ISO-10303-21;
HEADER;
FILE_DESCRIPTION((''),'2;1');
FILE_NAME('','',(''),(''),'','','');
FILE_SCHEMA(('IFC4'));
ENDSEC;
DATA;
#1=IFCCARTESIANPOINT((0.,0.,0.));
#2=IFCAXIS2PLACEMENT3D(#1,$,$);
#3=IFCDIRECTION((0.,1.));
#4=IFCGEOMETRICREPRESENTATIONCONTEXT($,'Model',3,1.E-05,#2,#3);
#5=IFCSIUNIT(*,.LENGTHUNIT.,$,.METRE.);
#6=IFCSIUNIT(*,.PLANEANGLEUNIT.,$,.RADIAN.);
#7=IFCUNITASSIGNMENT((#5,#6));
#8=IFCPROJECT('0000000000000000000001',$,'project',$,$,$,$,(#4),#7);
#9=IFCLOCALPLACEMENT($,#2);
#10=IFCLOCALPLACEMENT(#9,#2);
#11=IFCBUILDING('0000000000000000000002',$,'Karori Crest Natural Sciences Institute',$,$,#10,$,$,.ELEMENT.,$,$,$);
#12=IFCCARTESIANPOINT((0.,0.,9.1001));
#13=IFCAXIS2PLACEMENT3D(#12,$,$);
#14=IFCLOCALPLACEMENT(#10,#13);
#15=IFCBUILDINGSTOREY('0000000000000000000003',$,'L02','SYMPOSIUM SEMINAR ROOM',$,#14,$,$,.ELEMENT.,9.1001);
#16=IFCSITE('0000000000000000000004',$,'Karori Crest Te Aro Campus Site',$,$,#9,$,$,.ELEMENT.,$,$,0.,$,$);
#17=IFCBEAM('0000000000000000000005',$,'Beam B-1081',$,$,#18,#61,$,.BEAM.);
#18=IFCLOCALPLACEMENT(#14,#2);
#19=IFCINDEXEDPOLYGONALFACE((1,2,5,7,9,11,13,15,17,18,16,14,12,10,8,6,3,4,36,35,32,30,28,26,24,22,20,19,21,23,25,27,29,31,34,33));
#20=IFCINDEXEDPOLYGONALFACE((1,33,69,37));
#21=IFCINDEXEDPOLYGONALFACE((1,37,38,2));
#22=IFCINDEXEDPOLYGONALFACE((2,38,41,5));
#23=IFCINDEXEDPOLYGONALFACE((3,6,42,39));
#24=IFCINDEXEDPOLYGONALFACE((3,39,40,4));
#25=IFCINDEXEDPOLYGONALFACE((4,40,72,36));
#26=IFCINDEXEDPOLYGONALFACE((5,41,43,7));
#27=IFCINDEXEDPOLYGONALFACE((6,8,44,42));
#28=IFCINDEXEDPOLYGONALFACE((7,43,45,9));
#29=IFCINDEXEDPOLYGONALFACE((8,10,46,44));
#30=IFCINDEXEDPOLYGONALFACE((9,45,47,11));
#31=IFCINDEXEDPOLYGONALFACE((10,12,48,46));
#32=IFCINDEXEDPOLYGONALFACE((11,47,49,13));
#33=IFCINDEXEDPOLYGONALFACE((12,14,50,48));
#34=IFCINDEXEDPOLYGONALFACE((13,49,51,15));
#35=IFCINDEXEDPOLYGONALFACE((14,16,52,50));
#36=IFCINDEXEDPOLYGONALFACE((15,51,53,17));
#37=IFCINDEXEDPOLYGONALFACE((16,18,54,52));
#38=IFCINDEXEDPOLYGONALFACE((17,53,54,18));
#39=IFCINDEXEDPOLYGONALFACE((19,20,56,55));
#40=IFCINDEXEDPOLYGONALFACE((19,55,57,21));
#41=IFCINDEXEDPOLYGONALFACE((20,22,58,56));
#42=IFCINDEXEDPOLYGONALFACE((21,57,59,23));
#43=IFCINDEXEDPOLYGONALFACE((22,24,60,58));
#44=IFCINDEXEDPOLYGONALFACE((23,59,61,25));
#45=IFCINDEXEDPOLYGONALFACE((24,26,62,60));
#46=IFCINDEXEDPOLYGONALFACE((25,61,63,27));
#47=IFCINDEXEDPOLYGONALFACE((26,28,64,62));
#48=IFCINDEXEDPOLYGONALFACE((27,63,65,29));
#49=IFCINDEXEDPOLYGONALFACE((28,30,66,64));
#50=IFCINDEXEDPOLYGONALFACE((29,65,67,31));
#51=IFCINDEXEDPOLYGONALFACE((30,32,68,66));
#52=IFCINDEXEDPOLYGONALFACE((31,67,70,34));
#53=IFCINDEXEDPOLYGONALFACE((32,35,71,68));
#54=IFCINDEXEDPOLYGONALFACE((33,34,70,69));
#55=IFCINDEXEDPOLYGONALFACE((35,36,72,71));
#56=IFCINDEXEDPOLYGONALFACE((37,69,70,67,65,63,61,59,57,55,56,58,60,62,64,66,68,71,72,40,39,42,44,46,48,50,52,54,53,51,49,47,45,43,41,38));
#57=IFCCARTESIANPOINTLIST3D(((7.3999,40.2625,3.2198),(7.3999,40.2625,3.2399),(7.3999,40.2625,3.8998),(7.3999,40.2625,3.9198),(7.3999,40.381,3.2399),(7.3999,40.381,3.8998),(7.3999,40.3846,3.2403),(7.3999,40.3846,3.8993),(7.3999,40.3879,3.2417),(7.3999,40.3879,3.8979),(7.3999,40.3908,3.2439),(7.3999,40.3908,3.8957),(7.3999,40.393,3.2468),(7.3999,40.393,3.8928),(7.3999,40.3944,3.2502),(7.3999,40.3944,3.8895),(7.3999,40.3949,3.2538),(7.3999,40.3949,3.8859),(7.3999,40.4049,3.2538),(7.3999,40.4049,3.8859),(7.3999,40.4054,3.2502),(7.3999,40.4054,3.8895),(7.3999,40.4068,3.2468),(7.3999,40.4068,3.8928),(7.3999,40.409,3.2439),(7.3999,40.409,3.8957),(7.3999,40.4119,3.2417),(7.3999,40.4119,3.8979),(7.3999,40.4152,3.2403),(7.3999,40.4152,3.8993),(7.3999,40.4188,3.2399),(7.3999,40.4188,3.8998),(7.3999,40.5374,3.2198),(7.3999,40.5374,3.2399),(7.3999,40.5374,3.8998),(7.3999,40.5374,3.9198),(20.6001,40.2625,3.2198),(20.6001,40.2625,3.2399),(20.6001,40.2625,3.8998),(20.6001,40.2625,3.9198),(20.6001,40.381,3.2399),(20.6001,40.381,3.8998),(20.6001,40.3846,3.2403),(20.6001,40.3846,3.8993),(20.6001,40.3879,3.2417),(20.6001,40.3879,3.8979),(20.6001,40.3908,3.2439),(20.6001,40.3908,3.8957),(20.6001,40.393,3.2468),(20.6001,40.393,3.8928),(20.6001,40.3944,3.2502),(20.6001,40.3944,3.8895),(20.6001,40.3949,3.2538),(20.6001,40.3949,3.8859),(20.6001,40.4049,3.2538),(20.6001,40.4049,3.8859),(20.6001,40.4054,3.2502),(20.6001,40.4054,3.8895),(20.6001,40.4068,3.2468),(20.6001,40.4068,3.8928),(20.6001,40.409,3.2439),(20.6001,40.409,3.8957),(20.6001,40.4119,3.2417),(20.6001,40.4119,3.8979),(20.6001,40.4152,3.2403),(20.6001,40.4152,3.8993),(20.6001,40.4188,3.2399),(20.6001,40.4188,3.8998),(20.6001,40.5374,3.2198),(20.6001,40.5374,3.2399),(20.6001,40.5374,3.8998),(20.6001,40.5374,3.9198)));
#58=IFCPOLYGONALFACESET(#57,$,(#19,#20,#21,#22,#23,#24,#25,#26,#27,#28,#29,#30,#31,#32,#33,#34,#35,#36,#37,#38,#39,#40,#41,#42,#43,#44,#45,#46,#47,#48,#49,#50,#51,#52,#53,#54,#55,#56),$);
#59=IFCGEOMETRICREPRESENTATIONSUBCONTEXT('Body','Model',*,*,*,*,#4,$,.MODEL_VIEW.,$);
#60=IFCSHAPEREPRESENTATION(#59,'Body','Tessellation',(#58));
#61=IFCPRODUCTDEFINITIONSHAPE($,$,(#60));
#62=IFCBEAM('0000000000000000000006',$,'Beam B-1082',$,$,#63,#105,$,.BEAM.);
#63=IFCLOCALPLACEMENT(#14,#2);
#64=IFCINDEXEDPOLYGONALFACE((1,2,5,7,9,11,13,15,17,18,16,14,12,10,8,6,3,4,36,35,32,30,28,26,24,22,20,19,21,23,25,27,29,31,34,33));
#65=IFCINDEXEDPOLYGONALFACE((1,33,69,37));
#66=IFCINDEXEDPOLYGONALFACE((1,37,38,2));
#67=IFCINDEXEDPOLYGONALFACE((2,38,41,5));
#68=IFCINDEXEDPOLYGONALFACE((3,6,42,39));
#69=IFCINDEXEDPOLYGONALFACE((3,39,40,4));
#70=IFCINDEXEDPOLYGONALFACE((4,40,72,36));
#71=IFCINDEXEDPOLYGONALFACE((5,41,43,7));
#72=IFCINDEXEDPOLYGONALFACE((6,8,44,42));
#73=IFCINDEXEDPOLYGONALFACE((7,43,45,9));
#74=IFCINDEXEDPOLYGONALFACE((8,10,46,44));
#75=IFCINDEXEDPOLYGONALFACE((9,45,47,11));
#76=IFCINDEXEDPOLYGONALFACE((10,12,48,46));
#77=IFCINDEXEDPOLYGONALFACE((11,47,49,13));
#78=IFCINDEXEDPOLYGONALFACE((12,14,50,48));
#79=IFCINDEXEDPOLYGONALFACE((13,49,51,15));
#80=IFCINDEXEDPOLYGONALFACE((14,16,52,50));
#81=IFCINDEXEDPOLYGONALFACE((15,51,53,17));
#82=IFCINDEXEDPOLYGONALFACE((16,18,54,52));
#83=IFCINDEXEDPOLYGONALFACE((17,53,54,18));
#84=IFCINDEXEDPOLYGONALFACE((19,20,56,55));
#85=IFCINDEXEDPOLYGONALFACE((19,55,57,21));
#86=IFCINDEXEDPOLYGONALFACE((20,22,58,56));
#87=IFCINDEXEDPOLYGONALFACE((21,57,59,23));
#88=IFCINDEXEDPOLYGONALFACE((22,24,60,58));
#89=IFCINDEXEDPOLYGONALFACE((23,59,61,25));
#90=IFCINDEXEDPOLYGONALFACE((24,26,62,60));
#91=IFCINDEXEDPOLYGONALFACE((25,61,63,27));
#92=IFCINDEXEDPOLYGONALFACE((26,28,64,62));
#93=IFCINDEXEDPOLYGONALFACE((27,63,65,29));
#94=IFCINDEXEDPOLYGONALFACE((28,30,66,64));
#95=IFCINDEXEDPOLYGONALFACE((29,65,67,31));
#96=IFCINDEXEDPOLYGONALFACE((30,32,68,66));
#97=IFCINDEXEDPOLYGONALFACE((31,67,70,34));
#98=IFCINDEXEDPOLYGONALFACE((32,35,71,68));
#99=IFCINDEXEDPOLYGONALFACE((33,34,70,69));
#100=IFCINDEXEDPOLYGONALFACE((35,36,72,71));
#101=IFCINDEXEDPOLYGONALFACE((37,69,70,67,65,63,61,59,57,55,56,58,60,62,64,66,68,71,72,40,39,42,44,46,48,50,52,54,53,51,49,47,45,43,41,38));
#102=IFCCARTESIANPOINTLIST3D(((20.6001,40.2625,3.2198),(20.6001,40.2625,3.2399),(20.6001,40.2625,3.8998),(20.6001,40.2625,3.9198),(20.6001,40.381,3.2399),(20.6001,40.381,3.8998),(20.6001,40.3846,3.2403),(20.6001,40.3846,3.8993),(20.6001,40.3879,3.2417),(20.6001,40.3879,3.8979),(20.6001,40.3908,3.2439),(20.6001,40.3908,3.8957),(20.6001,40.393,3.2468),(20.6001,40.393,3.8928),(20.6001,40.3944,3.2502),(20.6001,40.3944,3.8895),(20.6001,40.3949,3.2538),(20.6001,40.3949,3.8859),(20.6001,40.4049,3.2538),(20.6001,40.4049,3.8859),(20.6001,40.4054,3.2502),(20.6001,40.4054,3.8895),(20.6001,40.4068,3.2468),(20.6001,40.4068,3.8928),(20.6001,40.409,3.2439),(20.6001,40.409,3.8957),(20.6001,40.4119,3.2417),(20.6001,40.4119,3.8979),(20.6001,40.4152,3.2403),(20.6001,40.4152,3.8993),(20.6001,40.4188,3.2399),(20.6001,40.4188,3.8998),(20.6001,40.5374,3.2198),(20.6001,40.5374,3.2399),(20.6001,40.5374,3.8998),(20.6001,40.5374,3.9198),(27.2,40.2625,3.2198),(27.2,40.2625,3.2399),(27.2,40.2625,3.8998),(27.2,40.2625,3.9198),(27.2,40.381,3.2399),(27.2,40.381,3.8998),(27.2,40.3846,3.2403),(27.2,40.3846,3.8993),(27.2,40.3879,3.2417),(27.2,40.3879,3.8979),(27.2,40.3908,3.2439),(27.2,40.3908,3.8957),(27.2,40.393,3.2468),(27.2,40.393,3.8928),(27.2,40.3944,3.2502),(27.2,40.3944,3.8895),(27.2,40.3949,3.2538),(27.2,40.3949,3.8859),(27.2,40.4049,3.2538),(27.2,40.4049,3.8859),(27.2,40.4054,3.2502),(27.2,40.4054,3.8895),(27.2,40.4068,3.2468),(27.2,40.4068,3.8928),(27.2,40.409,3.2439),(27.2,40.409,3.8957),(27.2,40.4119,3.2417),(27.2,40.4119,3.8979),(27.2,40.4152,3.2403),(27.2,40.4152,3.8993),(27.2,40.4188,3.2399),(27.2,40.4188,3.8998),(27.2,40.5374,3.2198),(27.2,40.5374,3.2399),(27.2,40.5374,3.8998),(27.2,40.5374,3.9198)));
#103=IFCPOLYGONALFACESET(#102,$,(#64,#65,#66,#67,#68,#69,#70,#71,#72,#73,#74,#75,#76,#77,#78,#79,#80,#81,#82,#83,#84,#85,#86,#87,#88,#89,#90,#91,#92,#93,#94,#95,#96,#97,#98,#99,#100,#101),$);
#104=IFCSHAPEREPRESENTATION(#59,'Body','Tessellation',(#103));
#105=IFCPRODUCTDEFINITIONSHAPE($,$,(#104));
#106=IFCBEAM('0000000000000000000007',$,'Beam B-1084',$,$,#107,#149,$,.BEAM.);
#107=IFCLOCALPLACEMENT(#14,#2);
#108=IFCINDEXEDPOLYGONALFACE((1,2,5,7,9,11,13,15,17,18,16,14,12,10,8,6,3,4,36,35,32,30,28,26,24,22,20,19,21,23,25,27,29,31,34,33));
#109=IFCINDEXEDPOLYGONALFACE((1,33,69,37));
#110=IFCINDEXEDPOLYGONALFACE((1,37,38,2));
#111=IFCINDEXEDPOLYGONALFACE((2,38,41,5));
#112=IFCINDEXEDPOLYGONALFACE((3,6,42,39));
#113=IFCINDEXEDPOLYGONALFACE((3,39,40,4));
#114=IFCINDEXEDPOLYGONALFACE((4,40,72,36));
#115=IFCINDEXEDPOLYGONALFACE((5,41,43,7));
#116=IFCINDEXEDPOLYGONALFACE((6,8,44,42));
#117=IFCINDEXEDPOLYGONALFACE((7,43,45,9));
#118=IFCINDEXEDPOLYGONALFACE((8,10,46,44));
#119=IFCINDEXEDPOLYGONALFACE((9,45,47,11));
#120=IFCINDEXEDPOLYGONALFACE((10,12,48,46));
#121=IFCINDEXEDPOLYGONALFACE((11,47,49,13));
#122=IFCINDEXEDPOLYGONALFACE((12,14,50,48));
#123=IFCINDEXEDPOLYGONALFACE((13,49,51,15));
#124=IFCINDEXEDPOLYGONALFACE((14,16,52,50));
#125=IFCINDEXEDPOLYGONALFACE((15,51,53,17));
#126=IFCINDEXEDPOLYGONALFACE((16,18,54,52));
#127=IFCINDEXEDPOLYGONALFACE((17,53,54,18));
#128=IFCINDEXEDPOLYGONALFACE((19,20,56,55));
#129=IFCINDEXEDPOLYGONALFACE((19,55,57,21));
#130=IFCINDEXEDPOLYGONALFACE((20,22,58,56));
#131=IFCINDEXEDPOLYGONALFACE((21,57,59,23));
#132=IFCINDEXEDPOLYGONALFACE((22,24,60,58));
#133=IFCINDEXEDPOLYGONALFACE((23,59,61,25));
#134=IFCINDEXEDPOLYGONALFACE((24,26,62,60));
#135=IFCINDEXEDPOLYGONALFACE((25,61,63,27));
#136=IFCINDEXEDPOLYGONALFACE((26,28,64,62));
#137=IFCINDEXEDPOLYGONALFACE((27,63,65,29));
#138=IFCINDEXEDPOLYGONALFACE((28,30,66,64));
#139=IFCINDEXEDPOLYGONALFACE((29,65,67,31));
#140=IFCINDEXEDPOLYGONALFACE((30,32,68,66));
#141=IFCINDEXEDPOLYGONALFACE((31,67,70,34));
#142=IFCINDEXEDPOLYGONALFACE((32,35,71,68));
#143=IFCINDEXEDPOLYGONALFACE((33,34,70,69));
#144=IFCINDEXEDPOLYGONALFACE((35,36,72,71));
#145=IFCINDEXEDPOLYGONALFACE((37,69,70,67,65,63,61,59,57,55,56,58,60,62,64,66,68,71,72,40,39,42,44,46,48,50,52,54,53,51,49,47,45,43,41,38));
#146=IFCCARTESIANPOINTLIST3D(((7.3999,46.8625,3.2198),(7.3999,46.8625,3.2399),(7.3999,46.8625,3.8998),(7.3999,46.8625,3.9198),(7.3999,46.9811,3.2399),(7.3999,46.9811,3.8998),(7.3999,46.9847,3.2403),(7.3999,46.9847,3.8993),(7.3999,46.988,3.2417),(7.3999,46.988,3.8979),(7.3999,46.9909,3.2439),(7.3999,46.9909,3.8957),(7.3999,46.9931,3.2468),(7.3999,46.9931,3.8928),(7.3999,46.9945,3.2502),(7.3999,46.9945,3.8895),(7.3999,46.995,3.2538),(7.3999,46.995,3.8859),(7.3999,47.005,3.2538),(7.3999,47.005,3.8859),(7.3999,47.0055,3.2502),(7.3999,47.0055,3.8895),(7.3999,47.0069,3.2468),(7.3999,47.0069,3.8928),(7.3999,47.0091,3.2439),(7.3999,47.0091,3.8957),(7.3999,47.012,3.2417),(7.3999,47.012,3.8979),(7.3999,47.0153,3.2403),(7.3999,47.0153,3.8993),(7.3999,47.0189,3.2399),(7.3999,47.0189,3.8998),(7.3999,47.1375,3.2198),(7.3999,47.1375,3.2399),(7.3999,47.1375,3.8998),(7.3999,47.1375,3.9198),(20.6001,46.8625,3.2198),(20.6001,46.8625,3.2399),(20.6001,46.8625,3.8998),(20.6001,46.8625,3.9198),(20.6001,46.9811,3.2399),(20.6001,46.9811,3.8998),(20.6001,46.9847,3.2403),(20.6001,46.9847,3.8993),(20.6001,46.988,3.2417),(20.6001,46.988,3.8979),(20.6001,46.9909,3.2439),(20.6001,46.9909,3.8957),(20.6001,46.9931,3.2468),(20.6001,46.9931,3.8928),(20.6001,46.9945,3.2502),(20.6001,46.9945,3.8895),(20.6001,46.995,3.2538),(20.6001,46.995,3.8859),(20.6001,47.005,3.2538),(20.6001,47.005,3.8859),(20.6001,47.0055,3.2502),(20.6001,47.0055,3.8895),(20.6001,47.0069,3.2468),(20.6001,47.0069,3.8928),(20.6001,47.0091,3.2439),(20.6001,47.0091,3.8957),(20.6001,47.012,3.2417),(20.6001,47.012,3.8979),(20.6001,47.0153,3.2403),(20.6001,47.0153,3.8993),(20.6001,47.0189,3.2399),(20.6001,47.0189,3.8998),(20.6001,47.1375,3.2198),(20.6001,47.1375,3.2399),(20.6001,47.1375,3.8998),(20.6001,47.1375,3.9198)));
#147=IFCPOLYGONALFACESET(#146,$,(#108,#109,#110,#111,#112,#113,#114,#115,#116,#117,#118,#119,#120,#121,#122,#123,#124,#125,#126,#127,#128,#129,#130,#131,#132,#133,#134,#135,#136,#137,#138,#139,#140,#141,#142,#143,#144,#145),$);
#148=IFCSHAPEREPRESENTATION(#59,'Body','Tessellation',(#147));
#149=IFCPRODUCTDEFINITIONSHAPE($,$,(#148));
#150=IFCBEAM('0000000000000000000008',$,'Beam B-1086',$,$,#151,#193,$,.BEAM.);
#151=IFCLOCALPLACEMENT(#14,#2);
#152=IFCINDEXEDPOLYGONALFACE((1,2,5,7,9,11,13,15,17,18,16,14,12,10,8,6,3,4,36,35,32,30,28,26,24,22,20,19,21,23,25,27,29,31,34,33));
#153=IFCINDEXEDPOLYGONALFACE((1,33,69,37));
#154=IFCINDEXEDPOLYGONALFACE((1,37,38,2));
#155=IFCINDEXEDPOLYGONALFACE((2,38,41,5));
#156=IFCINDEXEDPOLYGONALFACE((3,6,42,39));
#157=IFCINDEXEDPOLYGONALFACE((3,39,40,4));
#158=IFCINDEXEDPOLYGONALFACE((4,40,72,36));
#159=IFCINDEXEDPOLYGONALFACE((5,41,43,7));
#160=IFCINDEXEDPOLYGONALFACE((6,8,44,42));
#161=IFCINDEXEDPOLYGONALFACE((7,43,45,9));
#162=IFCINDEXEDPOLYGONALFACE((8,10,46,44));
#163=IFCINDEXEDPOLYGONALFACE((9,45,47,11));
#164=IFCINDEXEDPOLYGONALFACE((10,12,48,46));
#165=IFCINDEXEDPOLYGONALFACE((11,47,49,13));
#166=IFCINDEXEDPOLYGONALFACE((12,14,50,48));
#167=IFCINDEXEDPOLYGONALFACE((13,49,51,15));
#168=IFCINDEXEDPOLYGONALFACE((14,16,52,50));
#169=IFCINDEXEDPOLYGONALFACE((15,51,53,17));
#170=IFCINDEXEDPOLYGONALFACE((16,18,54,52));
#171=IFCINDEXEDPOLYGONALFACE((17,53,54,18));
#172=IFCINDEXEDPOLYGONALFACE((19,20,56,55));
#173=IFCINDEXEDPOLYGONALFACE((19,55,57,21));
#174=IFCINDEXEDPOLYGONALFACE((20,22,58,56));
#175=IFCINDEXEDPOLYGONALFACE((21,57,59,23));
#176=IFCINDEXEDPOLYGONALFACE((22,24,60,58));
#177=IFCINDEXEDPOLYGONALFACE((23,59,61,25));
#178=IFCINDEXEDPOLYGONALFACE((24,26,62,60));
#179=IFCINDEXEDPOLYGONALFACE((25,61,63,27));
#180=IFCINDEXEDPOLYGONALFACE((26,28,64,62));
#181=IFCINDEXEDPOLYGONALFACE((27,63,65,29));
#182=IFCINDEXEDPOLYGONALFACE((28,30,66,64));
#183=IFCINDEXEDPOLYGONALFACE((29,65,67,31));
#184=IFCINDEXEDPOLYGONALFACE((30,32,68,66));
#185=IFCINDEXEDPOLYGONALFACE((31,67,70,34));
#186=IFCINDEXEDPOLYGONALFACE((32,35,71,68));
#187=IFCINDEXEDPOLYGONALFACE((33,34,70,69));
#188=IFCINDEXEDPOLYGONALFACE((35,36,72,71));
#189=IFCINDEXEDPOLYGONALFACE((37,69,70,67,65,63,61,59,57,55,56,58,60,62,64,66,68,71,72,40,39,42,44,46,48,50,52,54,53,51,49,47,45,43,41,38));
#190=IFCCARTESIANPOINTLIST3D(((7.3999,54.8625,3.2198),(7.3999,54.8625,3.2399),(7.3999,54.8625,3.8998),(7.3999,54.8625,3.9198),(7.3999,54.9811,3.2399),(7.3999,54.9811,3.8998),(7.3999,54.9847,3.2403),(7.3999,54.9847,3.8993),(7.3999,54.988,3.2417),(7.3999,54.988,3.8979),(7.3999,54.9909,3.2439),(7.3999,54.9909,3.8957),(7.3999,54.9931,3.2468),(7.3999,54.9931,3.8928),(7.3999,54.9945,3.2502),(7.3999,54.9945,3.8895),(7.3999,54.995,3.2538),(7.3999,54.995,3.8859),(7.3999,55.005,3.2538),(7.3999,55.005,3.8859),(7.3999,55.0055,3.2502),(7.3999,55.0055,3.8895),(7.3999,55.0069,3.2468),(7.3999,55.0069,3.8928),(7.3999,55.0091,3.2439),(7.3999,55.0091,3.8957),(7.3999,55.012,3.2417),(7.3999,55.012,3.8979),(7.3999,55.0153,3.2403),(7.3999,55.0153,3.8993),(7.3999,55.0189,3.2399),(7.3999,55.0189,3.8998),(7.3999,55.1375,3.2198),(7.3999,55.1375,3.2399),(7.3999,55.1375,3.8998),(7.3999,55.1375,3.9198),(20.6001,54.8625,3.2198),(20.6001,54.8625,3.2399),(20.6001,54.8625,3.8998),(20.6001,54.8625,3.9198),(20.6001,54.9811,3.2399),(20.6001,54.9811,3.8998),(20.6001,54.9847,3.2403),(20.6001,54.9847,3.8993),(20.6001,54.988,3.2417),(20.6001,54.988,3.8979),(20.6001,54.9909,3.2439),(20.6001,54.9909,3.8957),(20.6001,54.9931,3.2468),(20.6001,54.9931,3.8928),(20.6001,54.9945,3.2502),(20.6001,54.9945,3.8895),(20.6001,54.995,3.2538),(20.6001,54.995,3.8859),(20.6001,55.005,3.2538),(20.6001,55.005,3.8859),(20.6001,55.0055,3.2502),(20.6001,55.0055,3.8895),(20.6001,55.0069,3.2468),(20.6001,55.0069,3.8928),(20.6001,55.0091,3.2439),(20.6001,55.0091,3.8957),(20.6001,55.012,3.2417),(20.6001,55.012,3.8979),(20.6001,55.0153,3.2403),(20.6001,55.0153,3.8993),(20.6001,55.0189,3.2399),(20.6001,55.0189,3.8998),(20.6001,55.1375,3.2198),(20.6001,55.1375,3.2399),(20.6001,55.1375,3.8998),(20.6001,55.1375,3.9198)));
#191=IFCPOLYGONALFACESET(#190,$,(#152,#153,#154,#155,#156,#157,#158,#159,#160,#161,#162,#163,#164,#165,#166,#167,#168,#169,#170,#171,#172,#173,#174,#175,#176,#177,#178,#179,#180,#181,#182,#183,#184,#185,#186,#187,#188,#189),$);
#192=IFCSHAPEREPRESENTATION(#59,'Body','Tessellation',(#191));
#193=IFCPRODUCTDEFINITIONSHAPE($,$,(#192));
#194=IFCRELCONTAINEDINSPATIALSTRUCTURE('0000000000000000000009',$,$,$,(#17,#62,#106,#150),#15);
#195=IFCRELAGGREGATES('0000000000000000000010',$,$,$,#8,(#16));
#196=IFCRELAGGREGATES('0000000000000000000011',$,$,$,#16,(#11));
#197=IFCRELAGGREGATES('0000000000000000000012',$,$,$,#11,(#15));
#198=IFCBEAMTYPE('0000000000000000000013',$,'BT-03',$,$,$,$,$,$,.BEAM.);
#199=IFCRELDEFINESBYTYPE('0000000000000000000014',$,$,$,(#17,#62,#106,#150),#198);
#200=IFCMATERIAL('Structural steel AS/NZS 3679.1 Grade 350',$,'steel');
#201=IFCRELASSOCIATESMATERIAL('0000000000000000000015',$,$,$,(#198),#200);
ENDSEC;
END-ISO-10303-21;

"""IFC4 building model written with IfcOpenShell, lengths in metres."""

from ifc_helpers import new_model, si_unit, direction, frame, origin, origin_2d, place, context, subcontext, project, spatial, i_section, extrude, material, material_profile, profile_set, type_object, element, save


model = new_model("IFC4")

# Units and contexts
model_context = context("Model", 3, precision=1e-05, world=origin(), true_north=direction((0.0, 1.0)))
body_context = subcontext(model_context, "Body", "Model", "MODEL_VIEW")
ifc_project = project(units=[si_unit("LENGTHUNIT", "METRE"), si_unit("PLANEANGLEUNIT", "RADIAN")], contexts=[model_context])

# Site, building, storey
site_placement = place(None, origin())
site = spatial("IfcSite", under=ifc_project, at=site_placement, Name="Karori Crest Te Aro Campus Site", CompositionType="ELEMENT", RefElevation=0.0)
building_placement = place(site_placement, origin())
building = spatial("IfcBuilding", under=site, at=building_placement, Name="Karori Crest Natural Sciences Institute", CompositionType="ELEMENT")
storey_placement = place(building_placement, frame((0.0, 0.0, 9.1001)))
storey = spatial("IfcBuildingStorey", under=building, at=storey_placement, Name="L02", Description="SYMPOSIUM SEMINAR ROOM", CompositionType="ELEMENT", Elevation=9.1001)

# Shared definitions
ifc_material_1 = material(Name="Structural steel AS/NZS 3679.1 Grade 350", Category="steel")

# Beams
ifc_material_profile_1 = material_profile(ifc_material_1, i_section(OverallWidth=0.2749, OverallDepth=0.7, WebThickness=0.01, FlangeThickness=0.02, FilletRadius=0.0139, at=origin_2d()), Name="700WB150")
ifc_profile_set_1 = profile_set([ifc_material_profile_1], Name="Structural steel AS/NZS 3679.1 Grade 350")
beam_type_1 = type_object("IfcBeamType", Name="BT-03", PredefinedType="BEAM", material=ifc_profile_set_1)
beam_1_placement = place(storey_placement, frame((7.3999, 40.3999, 3.5698), z_axis=(1.0, 0.0, 0.0), x_axis=(0.0, 1.0, 0.0)))
element("IfcBeam", 1, at=beam_1_placement, inside=storey, type_object=beam_type_1, Name="Beam B-1081", PredefinedType="BEAM", context=body_context, shape_type="SweptSolid", body=[
    extrude(i_section(OverallWidth=0.2749, OverallDepth=0.7, WebThickness=0.01, FlangeThickness=0.02, FilletRadius=0.0139, at=origin_2d()), origin(), (0.0, 0.0, 1.0), 13.2002),
])
beam_2_placement = place(storey_placement, frame((20.6001, 40.3999, 3.5698), z_axis=(1.0, 0.0, 0.0), x_axis=(0.0, 1.0, 0.0)))
element("IfcBeam", 2, at=beam_2_placement, inside=storey, type_object=beam_type_1, Name="Beam B-1082", PredefinedType="BEAM", context=body_context, shape_type="SweptSolid", body=[
    extrude(i_section(OverallWidth=0.2749, OverallDepth=0.7, WebThickness=0.01, FlangeThickness=0.02, FilletRadius=0.0139, at=origin_2d()), origin(), (0.0, 0.0, 1.0), 6.5999),
])
for number, where, z_axis, x_axis, name in (
    (3, (7.3999, 47.0, 3.5698), (1.0, 0.0, 0.0), (0.0, 1.0, 0.0), "Beam B-1084"),
    (4, (7.3999, 55.0, 3.5698), (1.0, 0.0, 0.0), (0.0, 1.0, 0.0), "Beam B-1086"),
):
    element("IfcBeam", number, at=place(storey_placement, frame(where, z_axis=z_axis, x_axis=x_axis)), inside=storey, type_object=beam_type_1, Name=name, PredefinedType="BEAM", context=body_context, shape_type="SweptSolid", body=[
        extrude(i_section(OverallWidth=0.2749, OverallDepth=0.7, WebThickness=0.01, FlangeThickness=0.02, FilletRadius=0.0139, at=origin_2d()), origin(), (0.0, 0.0, 1.0), 13.2002),
    ])

save(model, "model.ifc")
